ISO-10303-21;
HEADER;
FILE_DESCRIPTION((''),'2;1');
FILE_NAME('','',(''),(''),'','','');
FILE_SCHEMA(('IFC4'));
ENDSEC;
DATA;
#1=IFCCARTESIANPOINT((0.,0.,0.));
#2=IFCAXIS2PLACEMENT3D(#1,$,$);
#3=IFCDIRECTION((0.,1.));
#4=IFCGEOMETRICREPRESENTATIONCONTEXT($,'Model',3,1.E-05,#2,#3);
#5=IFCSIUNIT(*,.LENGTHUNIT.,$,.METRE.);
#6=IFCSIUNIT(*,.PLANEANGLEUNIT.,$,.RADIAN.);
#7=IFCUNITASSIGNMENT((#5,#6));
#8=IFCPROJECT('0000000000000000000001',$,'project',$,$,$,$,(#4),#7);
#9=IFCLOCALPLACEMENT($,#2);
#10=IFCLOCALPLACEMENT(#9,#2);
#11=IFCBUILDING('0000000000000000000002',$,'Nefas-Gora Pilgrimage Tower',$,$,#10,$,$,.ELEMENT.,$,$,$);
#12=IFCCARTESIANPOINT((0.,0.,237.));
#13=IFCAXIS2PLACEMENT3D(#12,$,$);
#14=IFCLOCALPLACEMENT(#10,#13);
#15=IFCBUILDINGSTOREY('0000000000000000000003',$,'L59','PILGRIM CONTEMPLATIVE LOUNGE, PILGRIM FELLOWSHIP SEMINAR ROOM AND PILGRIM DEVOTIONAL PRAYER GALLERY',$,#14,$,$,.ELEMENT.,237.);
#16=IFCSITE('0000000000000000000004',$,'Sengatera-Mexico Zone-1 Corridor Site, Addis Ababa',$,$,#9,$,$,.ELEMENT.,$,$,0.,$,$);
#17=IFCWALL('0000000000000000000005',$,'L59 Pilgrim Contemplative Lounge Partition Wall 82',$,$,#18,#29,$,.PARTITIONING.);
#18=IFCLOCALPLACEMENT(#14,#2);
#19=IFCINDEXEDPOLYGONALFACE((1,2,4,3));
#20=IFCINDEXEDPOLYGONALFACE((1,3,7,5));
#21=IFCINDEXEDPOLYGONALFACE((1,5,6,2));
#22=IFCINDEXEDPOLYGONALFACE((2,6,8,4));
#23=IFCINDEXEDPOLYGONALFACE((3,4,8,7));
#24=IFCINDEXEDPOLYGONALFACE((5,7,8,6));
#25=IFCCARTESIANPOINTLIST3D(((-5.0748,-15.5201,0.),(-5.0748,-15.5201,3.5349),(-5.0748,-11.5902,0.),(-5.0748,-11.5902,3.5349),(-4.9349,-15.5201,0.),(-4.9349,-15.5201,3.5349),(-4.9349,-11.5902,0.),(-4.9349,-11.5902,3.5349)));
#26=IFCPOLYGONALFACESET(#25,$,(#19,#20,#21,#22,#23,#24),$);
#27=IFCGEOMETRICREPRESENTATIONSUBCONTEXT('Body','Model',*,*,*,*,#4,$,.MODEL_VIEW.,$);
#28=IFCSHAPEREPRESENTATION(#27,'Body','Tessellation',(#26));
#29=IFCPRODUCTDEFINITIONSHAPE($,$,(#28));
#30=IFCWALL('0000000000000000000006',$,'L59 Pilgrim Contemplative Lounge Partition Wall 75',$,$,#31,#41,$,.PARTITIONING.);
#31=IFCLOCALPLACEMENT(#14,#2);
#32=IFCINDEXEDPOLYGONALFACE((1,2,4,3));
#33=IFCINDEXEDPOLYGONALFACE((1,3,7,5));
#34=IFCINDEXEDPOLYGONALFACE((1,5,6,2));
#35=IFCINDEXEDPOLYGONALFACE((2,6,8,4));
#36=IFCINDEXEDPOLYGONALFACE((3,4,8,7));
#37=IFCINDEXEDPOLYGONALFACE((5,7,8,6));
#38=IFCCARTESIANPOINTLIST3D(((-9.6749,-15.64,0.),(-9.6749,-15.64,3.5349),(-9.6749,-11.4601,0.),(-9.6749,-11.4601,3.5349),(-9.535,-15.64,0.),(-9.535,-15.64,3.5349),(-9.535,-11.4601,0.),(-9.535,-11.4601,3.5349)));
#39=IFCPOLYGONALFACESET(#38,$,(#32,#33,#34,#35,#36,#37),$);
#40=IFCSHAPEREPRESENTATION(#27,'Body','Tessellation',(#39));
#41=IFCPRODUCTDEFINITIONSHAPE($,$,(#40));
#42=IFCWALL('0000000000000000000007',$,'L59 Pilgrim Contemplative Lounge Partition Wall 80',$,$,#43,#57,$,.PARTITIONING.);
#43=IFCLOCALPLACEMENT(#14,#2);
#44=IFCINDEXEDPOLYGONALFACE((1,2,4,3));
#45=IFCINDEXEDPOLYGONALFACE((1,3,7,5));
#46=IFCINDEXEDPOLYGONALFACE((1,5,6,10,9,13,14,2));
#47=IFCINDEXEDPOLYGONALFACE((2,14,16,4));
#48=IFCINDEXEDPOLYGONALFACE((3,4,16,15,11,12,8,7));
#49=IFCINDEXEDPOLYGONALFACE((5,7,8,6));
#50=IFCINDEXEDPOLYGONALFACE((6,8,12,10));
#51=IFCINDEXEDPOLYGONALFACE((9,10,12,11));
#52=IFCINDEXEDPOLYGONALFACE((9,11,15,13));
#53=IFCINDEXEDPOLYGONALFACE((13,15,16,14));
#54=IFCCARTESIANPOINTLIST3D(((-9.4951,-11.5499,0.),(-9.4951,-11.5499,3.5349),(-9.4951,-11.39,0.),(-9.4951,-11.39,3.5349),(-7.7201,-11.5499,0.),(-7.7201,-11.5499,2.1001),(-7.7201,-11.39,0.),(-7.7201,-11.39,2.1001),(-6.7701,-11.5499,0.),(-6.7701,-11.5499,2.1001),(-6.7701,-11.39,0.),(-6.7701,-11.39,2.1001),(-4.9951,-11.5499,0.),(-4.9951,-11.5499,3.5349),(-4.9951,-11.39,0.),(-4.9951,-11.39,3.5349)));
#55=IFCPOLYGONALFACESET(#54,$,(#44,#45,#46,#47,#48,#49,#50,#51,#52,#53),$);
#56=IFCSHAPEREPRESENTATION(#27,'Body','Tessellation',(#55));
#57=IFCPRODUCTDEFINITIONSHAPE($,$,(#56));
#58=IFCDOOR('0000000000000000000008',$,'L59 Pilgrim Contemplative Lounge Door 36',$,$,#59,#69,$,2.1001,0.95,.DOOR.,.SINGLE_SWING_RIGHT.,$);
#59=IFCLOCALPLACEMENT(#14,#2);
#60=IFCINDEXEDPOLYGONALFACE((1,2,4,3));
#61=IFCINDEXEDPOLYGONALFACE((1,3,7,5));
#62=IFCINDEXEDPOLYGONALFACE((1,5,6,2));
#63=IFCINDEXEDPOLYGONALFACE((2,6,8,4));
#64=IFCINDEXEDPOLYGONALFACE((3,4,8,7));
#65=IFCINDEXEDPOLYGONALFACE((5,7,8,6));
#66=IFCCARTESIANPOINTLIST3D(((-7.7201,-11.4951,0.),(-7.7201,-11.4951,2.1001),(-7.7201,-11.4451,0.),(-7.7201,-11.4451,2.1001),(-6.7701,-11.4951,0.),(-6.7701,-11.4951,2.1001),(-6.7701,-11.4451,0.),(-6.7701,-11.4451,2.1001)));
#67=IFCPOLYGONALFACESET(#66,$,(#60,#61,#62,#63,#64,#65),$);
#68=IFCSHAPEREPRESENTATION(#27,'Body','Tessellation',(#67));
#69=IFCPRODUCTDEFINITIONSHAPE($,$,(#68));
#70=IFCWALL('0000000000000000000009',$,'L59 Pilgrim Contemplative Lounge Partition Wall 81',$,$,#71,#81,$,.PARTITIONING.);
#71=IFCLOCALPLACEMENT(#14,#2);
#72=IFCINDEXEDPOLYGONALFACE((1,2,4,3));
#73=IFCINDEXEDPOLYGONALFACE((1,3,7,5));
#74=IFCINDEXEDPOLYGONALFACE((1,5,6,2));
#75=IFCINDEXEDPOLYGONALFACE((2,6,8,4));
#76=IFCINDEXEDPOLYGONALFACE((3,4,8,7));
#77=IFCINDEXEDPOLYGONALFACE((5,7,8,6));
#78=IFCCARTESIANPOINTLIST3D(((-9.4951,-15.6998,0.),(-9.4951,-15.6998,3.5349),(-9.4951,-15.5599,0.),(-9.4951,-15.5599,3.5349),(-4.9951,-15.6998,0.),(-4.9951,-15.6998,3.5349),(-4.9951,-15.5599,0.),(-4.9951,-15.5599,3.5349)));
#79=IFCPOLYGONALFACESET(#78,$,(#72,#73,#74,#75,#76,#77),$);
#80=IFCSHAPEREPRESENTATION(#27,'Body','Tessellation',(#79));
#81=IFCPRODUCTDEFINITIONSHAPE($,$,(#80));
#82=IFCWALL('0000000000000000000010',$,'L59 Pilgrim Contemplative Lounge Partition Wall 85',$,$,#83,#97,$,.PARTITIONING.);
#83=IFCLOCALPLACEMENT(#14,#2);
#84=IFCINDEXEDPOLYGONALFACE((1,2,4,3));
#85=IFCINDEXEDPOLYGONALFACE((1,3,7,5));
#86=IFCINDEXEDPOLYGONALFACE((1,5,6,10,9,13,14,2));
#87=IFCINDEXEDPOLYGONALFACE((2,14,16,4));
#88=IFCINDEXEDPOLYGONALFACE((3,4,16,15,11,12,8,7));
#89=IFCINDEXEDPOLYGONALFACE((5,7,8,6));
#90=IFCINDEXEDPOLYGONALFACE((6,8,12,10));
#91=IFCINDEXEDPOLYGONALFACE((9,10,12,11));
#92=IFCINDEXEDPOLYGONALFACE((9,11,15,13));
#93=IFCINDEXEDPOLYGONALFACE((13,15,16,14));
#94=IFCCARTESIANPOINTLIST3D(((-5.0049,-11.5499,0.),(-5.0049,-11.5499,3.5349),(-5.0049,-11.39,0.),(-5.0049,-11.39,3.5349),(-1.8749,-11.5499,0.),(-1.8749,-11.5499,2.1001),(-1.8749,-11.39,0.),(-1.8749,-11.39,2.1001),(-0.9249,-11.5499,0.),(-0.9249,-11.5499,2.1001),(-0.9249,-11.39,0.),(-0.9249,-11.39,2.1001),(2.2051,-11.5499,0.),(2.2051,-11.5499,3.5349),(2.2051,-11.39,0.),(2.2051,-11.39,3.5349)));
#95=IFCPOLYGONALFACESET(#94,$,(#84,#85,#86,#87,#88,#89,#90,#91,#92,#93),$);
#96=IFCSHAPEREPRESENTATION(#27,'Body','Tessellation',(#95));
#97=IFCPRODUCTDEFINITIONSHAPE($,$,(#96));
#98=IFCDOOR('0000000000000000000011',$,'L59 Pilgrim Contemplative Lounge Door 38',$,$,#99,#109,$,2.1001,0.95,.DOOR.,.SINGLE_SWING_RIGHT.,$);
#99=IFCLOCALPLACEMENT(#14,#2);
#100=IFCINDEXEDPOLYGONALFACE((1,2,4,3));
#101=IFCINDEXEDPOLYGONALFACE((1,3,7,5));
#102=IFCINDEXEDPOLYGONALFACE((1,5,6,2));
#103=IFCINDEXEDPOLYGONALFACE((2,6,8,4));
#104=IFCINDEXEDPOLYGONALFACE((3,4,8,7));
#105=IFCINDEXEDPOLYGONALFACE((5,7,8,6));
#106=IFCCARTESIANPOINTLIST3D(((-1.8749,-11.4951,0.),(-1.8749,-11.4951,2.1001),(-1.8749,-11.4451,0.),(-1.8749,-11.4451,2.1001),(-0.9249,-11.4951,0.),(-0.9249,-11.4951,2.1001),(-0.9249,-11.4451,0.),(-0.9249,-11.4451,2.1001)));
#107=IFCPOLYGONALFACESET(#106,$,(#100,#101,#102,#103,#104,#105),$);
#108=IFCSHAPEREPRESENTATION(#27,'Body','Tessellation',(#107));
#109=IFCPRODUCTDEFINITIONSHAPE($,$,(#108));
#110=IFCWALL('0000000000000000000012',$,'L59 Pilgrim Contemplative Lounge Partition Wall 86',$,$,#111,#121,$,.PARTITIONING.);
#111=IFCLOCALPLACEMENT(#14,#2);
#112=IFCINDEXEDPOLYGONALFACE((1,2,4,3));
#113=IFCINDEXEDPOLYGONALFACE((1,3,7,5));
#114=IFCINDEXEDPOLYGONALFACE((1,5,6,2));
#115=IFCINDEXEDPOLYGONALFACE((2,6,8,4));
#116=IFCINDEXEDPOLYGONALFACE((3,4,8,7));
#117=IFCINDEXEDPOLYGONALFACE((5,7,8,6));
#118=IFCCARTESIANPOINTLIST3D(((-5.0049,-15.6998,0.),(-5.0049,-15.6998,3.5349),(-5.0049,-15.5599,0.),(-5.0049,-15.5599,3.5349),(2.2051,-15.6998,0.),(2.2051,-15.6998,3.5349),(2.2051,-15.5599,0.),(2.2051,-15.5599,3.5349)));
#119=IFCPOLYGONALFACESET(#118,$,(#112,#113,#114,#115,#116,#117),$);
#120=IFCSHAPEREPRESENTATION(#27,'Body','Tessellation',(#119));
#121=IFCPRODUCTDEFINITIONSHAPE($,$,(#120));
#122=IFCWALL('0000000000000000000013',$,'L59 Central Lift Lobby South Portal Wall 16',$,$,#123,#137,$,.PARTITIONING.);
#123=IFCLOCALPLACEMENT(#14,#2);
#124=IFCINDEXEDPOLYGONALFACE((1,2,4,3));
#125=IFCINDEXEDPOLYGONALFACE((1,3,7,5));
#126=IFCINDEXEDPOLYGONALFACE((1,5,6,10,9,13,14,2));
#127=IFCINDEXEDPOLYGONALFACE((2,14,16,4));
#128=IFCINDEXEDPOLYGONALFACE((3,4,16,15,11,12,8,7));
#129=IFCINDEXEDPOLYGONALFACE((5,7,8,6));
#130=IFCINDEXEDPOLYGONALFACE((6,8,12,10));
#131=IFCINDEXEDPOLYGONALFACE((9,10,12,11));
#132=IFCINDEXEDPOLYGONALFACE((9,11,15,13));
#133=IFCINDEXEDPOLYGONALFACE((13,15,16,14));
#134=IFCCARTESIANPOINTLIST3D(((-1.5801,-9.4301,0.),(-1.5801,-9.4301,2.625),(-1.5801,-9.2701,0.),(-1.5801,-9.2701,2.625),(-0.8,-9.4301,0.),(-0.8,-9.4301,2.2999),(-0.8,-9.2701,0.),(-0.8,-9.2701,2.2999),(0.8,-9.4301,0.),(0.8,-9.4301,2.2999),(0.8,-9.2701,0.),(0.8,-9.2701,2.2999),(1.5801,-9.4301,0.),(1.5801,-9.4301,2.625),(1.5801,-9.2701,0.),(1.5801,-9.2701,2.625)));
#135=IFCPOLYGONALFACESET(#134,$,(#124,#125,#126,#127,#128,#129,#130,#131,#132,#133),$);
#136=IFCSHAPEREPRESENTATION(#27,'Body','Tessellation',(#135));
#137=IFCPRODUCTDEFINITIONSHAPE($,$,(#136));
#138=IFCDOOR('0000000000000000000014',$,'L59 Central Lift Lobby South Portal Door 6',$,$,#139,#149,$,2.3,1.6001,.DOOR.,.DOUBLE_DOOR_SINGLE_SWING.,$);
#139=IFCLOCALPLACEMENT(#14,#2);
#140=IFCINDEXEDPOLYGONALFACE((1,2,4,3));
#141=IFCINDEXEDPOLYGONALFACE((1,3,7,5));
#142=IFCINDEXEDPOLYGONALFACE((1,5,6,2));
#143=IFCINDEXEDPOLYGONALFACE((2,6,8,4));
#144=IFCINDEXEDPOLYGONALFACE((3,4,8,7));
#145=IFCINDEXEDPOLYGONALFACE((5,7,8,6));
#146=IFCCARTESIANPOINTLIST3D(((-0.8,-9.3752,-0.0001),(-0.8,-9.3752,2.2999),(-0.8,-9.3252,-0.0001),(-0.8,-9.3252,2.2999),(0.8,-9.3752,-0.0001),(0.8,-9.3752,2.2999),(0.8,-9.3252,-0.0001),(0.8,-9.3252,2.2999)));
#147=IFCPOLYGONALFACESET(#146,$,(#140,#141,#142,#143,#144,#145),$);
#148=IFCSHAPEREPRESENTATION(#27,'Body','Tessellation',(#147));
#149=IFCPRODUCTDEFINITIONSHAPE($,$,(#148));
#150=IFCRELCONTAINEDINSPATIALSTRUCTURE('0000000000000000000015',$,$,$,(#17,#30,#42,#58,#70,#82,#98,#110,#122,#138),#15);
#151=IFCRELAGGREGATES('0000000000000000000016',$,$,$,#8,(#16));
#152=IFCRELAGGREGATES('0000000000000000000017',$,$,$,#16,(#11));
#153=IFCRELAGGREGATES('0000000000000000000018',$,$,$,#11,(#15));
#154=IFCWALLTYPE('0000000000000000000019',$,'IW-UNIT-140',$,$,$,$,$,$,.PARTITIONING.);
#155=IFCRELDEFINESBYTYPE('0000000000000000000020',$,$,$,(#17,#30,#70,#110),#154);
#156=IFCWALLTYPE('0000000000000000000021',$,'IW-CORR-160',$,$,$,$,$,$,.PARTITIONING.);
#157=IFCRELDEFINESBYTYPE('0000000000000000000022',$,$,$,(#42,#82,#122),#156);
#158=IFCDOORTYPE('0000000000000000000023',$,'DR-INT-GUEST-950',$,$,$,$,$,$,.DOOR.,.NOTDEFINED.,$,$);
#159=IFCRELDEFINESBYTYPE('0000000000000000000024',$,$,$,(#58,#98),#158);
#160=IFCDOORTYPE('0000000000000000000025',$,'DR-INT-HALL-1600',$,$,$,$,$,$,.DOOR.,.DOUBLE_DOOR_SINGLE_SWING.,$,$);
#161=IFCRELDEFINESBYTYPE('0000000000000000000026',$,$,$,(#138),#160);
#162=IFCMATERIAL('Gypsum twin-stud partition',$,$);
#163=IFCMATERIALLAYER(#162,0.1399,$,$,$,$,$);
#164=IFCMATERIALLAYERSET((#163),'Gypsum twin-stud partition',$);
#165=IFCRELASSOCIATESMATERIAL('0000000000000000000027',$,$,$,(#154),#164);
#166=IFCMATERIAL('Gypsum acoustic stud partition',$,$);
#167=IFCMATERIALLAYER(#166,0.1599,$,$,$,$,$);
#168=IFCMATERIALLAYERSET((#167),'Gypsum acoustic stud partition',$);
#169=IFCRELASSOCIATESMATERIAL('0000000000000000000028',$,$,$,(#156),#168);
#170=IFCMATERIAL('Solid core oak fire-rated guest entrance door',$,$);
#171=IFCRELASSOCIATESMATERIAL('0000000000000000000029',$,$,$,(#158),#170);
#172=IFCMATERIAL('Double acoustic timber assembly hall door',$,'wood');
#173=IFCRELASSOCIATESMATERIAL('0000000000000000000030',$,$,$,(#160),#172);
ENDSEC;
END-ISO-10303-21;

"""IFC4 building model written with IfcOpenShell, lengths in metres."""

from ifc_helpers import new_model, si_unit, direction, frame, frame_2d, origin, place, context, subcontext, project, spatial, rectangle, extrude, source, transform, mapped, material, layer, layer_set, type_object, element, fill, save


model = new_model("IFC4")

# Units and contexts
model_context = context("Model", 3, precision=1e-05, world=origin(), true_north=direction((0.0, 1.0)))
body_context = subcontext(model_context, "Body", "Model", "MODEL_VIEW")
ifc_project = project(units=[si_unit("LENGTHUNIT", "METRE"), si_unit("PLANEANGLEUNIT", "RADIAN")], contexts=[model_context])

# Site, building, storey
site_placement = place(None, origin())
site = spatial("IfcSite", under=ifc_project, at=site_placement, Name="Sengatera-Mexico Zone-1 Corridor Site, Addis Ababa", CompositionType="ELEMENT", RefElevation=0.0)
building_placement = place(site_placement, origin())
building = spatial("IfcBuilding", under=site, at=building_placement, Name="Nefas-Gora Pilgrimage Tower", CompositionType="ELEMENT")
storey_placement = place(building_placement, frame((0.0, 0.0, 237.0)))
storey = spatial("IfcBuildingStorey", under=building, at=storey_placement, Name="L59", Description="PILGRIM CONTEMPLATIVE LOUNGE, PILGRIM FELLOWSHIP SEMINAR ROOM AND PILGRIM DEVOTIONAL PRAYER GALLERY", CompositionType="ELEMENT", Elevation=237.0)

# Walls
ifc_material_1 = material(Name="Gypsum twin-stud partition")
ifc_layer_1 = layer(ifc_material_1, 0.1399)
ifc_layer_set_1 = layer_set([ifc_layer_1], Name="Gypsum twin-stud partition")
wall_type_1 = type_object("IfcWallType", Name="IW-UNIT-140", PredefinedType="PARTITIONING", material=ifc_layer_set_1)
ifc_material_2 = material(Name="Gypsum acoustic stud partition")
ifc_layer_2 = layer(ifc_material_2, 0.1599)
ifc_layer_set_2 = layer_set([ifc_layer_2], Name="Gypsum acoustic stud partition")
wall_type_2 = type_object("IfcWallType", Name="IW-CORR-160", PredefinedType="PARTITIONING", material=ifc_layer_set_2)
shared_shape_1 = source(origin(), body_context, "Body", "SweptSolid", [
    extrude(rectangle(XDim=3.9299, YDim=0.1399, at=frame_2d((1.9648, 0.0))), origin(), (0.0, 0.0, 1.0), 3.5349),
])
wall_1_placement = place(storey_placement, frame((-5.0049, -15.52, 0.0), z_axis=(0.0, 0.0, 1.0), x_axis=(0.0, 1.0, 0.0)))
element("IfcWall", 1, at=wall_1_placement, inside=storey, type_object=wall_type_1, Name="L59 Pilgrim Contemplative Lounge Partition Wall 82", PredefinedType="PARTITIONING", context=body_context, shape_type="MappedRepresentation", body=[
    mapped(shared_shape_1, transform((0.0, 0.0, 0.0), x_axis=(1.0, 0.0, 0.0), y_axis=(0.0, 1.0, 0.0), z_axis=(0.0, 0.0, 1.0), scale=1.0)),
])
shared_shape_2 = source(origin(), body_context, "Body", "SweptSolid", [
    extrude(rectangle(XDim=4.1799, YDim=0.1399, at=frame_2d((2.0898, 0.0))), origin(), (0.0, 0.0, 1.0), 3.5349),
])
wall_2_placement = place(storey_placement, frame((-9.605, -15.6399, 0.0), z_axis=(0.0, 0.0, 1.0), x_axis=(0.0, 1.0, 0.0)))
element("IfcWall", 2, at=wall_2_placement, inside=storey, type_object=wall_type_1, Name="L59 Pilgrim Contemplative Lounge Partition Wall 75", PredefinedType="PARTITIONING", context=body_context, shape_type="MappedRepresentation", body=[
    mapped(shared_shape_2, transform((0.0, 0.0, 0.0), x_axis=(1.0, 0.0, 0.0), y_axis=(0.0, 1.0, 0.0), z_axis=(0.0, 0.0, 1.0), scale=1.0)),
])

# Wall, opening, door
shared_shape_3 = source(origin(), body_context, "Body", "SweptSolid", [
    extrude(rectangle(XDim=4.5, YDim=0.1599, at=frame_2d((2.25, 0.0))), origin(), (0.0, 0.0, 1.0), 3.5349),
])
wall_3_placement = place(storey_placement, frame((-9.4951, -11.47, 0.0), z_axis=(0.0, 0.0, 1.0), x_axis=(1.0, 0.0, 0.0)))
wall_3 = element("IfcWall", 3, at=wall_3_placement, inside=storey, type_object=wall_type_2, Name="L59 Pilgrim Contemplative Lounge Partition Wall 80", PredefinedType="PARTITIONING", context=body_context, shape_type="MappedRepresentation", body=[
    mapped(shared_shape_3, transform((0.0, 0.0, 0.0), x_axis=(1.0, 0.0, 0.0), y_axis=(0.0, 1.0, 0.0), z_axis=(0.0, 0.0, 1.0), scale=1.0)),
])
opening_1_placement = place(wall_3_placement, frame((1.7749, 0.0, 0.0)))
opening_1 = element("IfcOpeningElement", 4, at=opening_1_placement, cuts=wall_3, PredefinedType="OPENING", context=body_context, shape_type="SweptSolid", body=[
    extrude(rectangle(XDim=0.95, YDim=2.1001, at=frame_2d((0.4751, 1.05))), frame((0.0, 0.0898, 0.0), z_axis=(0.0, -1.0, 0.0), x_axis=(1.0, 0.0, 0.0)), (0.0, 0.0, 1.0), 0.1799),
])
ifc_material_3 = material(Name="Solid core oak fire-rated guest entrance door")
door_type_1 = type_object("IfcDoorType", Name="DR-INT-GUEST-950", OperationType="NOTDEFINED", PredefinedType="DOOR", material=ifc_material_3)
shared_shape_4 = source(origin(), body_context, "Body", "SweptSolid", [
    extrude(rectangle(XDim=0.95, YDim=2.1001, at=frame_2d((0.4751, 1.05))), frame((0.0, 0.0249, 0.0), z_axis=(0.0, -1.0, 0.0), x_axis=(1.0, 0.0, 0.0)), (0.0, 0.0, 1.0), 0.05),
])
door_1_placement = place(opening_1_placement, origin())
door_1 = element("IfcDoor", 5, at=door_1_placement, inside=storey, type_object=door_type_1, Name="L59 Pilgrim Contemplative Lounge Door 36", OperationType="SINGLE_SWING_RIGHT", OverallHeight=2.1001, OverallWidth=0.95, PredefinedType="DOOR", context=body_context, shape_type="MappedRepresentation", body=[
    mapped(shared_shape_4, transform((0.0, 0.0, 0.0), x_axis=(1.0, 0.0, 0.0), y_axis=(0.0, 1.0, 0.0), z_axis=(0.0, 0.0, 1.0), scale=1.0)),
])
fill(opening_1, door_1)

# Wall
shared_shape_5 = source(origin(), body_context, "Body", "SweptSolid", [
    extrude(rectangle(XDim=4.5, YDim=0.1399, at=frame_2d((2.25, 0.0))), origin(), (0.0, 0.0, 1.0), 3.5349),
])
wall_4_placement = place(storey_placement, frame((-9.4951, -15.6299, 0.0), z_axis=(0.0, 0.0, 1.0), x_axis=(1.0, 0.0, 0.0)))
element("IfcWall", 6, at=wall_4_placement, inside=storey, type_object=wall_type_1, Name="L59 Pilgrim Contemplative Lounge Partition Wall 81", PredefinedType="PARTITIONING", context=body_context, shape_type="MappedRepresentation", body=[
    mapped(shared_shape_5, transform((0.0, 0.0, 0.0), x_axis=(1.0, 0.0, 0.0), y_axis=(0.0, 1.0, 0.0), z_axis=(0.0, 0.0, 1.0), scale=1.0)),
])

# Wall, opening, door
shared_shape_6 = source(origin(), body_context, "Body", "SweptSolid", [
    extrude(rectangle(XDim=7.21, YDim=0.1599, at=frame_2d((3.605, 0.0))), origin(), (0.0, 0.0, 1.0), 3.5349),
])
wall_5_placement = place(storey_placement, frame((-5.0049, -11.47, 0.0), z_axis=(0.0, 0.0, 1.0), x_axis=(1.0, 0.0, 0.0)))
wall_5 = element("IfcWall", 7, at=wall_5_placement, inside=storey, type_object=wall_type_2, Name="L59 Pilgrim Contemplative Lounge Partition Wall 85", PredefinedType="PARTITIONING", context=body_context, shape_type="MappedRepresentation", body=[
    mapped(shared_shape_6, transform((0.0, 0.0, 0.0), x_axis=(1.0, 0.0, 0.0), y_axis=(0.0, 1.0, 0.0), z_axis=(0.0, 0.0, 1.0), scale=1.0)),
])
opening_2_placement = place(wall_5_placement, frame((3.1299, 0.0, 0.0)))
opening_2 = element("IfcOpeningElement", 8, at=opening_2_placement, cuts=wall_5, PredefinedType="OPENING", context=body_context, shape_type="SweptSolid", body=[
    extrude(rectangle(XDim=0.95, YDim=2.1001, at=frame_2d((0.4751, 1.05))), frame((0.0, 0.0898, 0.0), z_axis=(0.0, -1.0, 0.0), x_axis=(1.0, 0.0, 0.0)), (0.0, 0.0, 1.0), 0.1799),
])
door_2_placement = place(opening_2_placement, origin())
door_2 = element("IfcDoor", 9, at=door_2_placement, inside=storey, type_object=door_type_1, Name="L59 Pilgrim Contemplative Lounge Door 38", OperationType="SINGLE_SWING_RIGHT", OverallHeight=2.1001, OverallWidth=0.95, PredefinedType="DOOR", context=body_context, shape_type="MappedRepresentation", body=[
    mapped(shared_shape_4, transform((0.0, 0.0, 0.0), x_axis=(1.0, 0.0, 0.0), y_axis=(0.0, 1.0, 0.0), z_axis=(0.0, 0.0, 1.0), scale=1.0)),
])
fill(opening_2, door_2)

# Wall
shared_shape_7 = source(origin(), body_context, "Body", "SweptSolid", [
    extrude(rectangle(XDim=7.21, YDim=0.1399, at=frame_2d((3.605, 0.0))), origin(), (0.0, 0.0, 1.0), 3.5349),
])
wall_6_placement = place(storey_placement, frame((-5.0049, -15.6299, 0.0), z_axis=(0.0, 0.0, 1.0), x_axis=(1.0, 0.0, 0.0)))
element("IfcWall", 10, at=wall_6_placement, inside=storey, type_object=wall_type_1, Name="L59 Pilgrim Contemplative Lounge Partition Wall 86", PredefinedType="PARTITIONING", context=body_context, shape_type="MappedRepresentation", body=[
    mapped(shared_shape_7, transform((0.0, 0.0, 0.0), x_axis=(1.0, 0.0, 0.0), y_axis=(0.0, 1.0, 0.0), z_axis=(0.0, 0.0, 1.0), scale=1.0)),
])

# Wall, opening, door
shared_shape_8 = source(origin(), body_context, "Body", "SweptSolid", [
    extrude(rectangle(XDim=3.1602, YDim=0.1599, at=frame_2d((1.5801, 0.0))), origin(), (0.0, 0.0, 1.0), 2.625),
])
wall_7_placement = place(storey_placement, frame((-1.5801, -9.3501, 0.0), z_axis=(0.0, 0.0, 1.0), x_axis=(1.0, 0.0, 0.0)))
wall_7 = element("IfcWall", 11, at=wall_7_placement, inside=storey, type_object=wall_type_2, Name="L59 Central Lift Lobby South Portal Wall 16", PredefinedType="PARTITIONING", context=body_context, shape_type="MappedRepresentation", body=[
    mapped(shared_shape_8, transform((0.0, 0.0, 0.0), x_axis=(1.0, 0.0, 0.0), y_axis=(0.0, 1.0, 0.0), z_axis=(0.0, 0.0, 1.0), scale=1.0)),
])
opening_3_placement = place(wall_7_placement, frame((0.78, 0.0, 0.0)))
opening_3 = element("IfcOpeningElement", 12, at=opening_3_placement, cuts=wall_7, PredefinedType="OPENING", context=body_context, shape_type="SweptSolid", body=[
    extrude(rectangle(XDim=1.6001, YDim=2.3, at=frame_2d((0.8, 1.1499))), frame((0.0, 0.0898, 0.0), z_axis=(0.0, -1.0, 0.0), x_axis=(1.0, 0.0, 0.0)), (0.0, 0.0, 1.0), 0.1799),
])
ifc_material_4 = material(Name="Double acoustic timber assembly hall door", Category="wood")
door_type_2 = type_object("IfcDoorType", Name="DR-INT-HALL-1600", OperationType="DOUBLE_DOOR_SINGLE_SWING", PredefinedType="DOOR", material=ifc_material_4)
shared_shape_9 = source(origin(), body_context, "Body", "SweptSolid", [
    extrude(rectangle(XDim=1.6001, YDim=2.3, at=frame_2d((0.8, 1.1499))), frame((0.0, 0.0249, 0.0), z_axis=(0.0, -1.0, 0.0), x_axis=(1.0, 0.0, 0.0)), (0.0, 0.0, 1.0), 0.05),
])
door_3_placement = place(opening_3_placement, origin())
door_3 = element("IfcDoor", 13, at=door_3_placement, inside=storey, type_object=door_type_2, Name="L59 Central Lift Lobby South Portal Door 6", OperationType="DOUBLE_DOOR_SINGLE_SWING", OverallHeight=2.3, OverallWidth=1.6001, PredefinedType="DOOR", context=body_context, shape_type="MappedRepresentation", body=[
    mapped(shared_shape_9, transform((0.0, 0.0, 0.0), x_axis=(1.0, 0.0, 0.0), y_axis=(0.0, 1.0, 0.0), z_axis=(0.0, 0.0, 1.0), scale=1.0)),
])
fill(opening_3, door_3)

save(model, "model.ifc")
